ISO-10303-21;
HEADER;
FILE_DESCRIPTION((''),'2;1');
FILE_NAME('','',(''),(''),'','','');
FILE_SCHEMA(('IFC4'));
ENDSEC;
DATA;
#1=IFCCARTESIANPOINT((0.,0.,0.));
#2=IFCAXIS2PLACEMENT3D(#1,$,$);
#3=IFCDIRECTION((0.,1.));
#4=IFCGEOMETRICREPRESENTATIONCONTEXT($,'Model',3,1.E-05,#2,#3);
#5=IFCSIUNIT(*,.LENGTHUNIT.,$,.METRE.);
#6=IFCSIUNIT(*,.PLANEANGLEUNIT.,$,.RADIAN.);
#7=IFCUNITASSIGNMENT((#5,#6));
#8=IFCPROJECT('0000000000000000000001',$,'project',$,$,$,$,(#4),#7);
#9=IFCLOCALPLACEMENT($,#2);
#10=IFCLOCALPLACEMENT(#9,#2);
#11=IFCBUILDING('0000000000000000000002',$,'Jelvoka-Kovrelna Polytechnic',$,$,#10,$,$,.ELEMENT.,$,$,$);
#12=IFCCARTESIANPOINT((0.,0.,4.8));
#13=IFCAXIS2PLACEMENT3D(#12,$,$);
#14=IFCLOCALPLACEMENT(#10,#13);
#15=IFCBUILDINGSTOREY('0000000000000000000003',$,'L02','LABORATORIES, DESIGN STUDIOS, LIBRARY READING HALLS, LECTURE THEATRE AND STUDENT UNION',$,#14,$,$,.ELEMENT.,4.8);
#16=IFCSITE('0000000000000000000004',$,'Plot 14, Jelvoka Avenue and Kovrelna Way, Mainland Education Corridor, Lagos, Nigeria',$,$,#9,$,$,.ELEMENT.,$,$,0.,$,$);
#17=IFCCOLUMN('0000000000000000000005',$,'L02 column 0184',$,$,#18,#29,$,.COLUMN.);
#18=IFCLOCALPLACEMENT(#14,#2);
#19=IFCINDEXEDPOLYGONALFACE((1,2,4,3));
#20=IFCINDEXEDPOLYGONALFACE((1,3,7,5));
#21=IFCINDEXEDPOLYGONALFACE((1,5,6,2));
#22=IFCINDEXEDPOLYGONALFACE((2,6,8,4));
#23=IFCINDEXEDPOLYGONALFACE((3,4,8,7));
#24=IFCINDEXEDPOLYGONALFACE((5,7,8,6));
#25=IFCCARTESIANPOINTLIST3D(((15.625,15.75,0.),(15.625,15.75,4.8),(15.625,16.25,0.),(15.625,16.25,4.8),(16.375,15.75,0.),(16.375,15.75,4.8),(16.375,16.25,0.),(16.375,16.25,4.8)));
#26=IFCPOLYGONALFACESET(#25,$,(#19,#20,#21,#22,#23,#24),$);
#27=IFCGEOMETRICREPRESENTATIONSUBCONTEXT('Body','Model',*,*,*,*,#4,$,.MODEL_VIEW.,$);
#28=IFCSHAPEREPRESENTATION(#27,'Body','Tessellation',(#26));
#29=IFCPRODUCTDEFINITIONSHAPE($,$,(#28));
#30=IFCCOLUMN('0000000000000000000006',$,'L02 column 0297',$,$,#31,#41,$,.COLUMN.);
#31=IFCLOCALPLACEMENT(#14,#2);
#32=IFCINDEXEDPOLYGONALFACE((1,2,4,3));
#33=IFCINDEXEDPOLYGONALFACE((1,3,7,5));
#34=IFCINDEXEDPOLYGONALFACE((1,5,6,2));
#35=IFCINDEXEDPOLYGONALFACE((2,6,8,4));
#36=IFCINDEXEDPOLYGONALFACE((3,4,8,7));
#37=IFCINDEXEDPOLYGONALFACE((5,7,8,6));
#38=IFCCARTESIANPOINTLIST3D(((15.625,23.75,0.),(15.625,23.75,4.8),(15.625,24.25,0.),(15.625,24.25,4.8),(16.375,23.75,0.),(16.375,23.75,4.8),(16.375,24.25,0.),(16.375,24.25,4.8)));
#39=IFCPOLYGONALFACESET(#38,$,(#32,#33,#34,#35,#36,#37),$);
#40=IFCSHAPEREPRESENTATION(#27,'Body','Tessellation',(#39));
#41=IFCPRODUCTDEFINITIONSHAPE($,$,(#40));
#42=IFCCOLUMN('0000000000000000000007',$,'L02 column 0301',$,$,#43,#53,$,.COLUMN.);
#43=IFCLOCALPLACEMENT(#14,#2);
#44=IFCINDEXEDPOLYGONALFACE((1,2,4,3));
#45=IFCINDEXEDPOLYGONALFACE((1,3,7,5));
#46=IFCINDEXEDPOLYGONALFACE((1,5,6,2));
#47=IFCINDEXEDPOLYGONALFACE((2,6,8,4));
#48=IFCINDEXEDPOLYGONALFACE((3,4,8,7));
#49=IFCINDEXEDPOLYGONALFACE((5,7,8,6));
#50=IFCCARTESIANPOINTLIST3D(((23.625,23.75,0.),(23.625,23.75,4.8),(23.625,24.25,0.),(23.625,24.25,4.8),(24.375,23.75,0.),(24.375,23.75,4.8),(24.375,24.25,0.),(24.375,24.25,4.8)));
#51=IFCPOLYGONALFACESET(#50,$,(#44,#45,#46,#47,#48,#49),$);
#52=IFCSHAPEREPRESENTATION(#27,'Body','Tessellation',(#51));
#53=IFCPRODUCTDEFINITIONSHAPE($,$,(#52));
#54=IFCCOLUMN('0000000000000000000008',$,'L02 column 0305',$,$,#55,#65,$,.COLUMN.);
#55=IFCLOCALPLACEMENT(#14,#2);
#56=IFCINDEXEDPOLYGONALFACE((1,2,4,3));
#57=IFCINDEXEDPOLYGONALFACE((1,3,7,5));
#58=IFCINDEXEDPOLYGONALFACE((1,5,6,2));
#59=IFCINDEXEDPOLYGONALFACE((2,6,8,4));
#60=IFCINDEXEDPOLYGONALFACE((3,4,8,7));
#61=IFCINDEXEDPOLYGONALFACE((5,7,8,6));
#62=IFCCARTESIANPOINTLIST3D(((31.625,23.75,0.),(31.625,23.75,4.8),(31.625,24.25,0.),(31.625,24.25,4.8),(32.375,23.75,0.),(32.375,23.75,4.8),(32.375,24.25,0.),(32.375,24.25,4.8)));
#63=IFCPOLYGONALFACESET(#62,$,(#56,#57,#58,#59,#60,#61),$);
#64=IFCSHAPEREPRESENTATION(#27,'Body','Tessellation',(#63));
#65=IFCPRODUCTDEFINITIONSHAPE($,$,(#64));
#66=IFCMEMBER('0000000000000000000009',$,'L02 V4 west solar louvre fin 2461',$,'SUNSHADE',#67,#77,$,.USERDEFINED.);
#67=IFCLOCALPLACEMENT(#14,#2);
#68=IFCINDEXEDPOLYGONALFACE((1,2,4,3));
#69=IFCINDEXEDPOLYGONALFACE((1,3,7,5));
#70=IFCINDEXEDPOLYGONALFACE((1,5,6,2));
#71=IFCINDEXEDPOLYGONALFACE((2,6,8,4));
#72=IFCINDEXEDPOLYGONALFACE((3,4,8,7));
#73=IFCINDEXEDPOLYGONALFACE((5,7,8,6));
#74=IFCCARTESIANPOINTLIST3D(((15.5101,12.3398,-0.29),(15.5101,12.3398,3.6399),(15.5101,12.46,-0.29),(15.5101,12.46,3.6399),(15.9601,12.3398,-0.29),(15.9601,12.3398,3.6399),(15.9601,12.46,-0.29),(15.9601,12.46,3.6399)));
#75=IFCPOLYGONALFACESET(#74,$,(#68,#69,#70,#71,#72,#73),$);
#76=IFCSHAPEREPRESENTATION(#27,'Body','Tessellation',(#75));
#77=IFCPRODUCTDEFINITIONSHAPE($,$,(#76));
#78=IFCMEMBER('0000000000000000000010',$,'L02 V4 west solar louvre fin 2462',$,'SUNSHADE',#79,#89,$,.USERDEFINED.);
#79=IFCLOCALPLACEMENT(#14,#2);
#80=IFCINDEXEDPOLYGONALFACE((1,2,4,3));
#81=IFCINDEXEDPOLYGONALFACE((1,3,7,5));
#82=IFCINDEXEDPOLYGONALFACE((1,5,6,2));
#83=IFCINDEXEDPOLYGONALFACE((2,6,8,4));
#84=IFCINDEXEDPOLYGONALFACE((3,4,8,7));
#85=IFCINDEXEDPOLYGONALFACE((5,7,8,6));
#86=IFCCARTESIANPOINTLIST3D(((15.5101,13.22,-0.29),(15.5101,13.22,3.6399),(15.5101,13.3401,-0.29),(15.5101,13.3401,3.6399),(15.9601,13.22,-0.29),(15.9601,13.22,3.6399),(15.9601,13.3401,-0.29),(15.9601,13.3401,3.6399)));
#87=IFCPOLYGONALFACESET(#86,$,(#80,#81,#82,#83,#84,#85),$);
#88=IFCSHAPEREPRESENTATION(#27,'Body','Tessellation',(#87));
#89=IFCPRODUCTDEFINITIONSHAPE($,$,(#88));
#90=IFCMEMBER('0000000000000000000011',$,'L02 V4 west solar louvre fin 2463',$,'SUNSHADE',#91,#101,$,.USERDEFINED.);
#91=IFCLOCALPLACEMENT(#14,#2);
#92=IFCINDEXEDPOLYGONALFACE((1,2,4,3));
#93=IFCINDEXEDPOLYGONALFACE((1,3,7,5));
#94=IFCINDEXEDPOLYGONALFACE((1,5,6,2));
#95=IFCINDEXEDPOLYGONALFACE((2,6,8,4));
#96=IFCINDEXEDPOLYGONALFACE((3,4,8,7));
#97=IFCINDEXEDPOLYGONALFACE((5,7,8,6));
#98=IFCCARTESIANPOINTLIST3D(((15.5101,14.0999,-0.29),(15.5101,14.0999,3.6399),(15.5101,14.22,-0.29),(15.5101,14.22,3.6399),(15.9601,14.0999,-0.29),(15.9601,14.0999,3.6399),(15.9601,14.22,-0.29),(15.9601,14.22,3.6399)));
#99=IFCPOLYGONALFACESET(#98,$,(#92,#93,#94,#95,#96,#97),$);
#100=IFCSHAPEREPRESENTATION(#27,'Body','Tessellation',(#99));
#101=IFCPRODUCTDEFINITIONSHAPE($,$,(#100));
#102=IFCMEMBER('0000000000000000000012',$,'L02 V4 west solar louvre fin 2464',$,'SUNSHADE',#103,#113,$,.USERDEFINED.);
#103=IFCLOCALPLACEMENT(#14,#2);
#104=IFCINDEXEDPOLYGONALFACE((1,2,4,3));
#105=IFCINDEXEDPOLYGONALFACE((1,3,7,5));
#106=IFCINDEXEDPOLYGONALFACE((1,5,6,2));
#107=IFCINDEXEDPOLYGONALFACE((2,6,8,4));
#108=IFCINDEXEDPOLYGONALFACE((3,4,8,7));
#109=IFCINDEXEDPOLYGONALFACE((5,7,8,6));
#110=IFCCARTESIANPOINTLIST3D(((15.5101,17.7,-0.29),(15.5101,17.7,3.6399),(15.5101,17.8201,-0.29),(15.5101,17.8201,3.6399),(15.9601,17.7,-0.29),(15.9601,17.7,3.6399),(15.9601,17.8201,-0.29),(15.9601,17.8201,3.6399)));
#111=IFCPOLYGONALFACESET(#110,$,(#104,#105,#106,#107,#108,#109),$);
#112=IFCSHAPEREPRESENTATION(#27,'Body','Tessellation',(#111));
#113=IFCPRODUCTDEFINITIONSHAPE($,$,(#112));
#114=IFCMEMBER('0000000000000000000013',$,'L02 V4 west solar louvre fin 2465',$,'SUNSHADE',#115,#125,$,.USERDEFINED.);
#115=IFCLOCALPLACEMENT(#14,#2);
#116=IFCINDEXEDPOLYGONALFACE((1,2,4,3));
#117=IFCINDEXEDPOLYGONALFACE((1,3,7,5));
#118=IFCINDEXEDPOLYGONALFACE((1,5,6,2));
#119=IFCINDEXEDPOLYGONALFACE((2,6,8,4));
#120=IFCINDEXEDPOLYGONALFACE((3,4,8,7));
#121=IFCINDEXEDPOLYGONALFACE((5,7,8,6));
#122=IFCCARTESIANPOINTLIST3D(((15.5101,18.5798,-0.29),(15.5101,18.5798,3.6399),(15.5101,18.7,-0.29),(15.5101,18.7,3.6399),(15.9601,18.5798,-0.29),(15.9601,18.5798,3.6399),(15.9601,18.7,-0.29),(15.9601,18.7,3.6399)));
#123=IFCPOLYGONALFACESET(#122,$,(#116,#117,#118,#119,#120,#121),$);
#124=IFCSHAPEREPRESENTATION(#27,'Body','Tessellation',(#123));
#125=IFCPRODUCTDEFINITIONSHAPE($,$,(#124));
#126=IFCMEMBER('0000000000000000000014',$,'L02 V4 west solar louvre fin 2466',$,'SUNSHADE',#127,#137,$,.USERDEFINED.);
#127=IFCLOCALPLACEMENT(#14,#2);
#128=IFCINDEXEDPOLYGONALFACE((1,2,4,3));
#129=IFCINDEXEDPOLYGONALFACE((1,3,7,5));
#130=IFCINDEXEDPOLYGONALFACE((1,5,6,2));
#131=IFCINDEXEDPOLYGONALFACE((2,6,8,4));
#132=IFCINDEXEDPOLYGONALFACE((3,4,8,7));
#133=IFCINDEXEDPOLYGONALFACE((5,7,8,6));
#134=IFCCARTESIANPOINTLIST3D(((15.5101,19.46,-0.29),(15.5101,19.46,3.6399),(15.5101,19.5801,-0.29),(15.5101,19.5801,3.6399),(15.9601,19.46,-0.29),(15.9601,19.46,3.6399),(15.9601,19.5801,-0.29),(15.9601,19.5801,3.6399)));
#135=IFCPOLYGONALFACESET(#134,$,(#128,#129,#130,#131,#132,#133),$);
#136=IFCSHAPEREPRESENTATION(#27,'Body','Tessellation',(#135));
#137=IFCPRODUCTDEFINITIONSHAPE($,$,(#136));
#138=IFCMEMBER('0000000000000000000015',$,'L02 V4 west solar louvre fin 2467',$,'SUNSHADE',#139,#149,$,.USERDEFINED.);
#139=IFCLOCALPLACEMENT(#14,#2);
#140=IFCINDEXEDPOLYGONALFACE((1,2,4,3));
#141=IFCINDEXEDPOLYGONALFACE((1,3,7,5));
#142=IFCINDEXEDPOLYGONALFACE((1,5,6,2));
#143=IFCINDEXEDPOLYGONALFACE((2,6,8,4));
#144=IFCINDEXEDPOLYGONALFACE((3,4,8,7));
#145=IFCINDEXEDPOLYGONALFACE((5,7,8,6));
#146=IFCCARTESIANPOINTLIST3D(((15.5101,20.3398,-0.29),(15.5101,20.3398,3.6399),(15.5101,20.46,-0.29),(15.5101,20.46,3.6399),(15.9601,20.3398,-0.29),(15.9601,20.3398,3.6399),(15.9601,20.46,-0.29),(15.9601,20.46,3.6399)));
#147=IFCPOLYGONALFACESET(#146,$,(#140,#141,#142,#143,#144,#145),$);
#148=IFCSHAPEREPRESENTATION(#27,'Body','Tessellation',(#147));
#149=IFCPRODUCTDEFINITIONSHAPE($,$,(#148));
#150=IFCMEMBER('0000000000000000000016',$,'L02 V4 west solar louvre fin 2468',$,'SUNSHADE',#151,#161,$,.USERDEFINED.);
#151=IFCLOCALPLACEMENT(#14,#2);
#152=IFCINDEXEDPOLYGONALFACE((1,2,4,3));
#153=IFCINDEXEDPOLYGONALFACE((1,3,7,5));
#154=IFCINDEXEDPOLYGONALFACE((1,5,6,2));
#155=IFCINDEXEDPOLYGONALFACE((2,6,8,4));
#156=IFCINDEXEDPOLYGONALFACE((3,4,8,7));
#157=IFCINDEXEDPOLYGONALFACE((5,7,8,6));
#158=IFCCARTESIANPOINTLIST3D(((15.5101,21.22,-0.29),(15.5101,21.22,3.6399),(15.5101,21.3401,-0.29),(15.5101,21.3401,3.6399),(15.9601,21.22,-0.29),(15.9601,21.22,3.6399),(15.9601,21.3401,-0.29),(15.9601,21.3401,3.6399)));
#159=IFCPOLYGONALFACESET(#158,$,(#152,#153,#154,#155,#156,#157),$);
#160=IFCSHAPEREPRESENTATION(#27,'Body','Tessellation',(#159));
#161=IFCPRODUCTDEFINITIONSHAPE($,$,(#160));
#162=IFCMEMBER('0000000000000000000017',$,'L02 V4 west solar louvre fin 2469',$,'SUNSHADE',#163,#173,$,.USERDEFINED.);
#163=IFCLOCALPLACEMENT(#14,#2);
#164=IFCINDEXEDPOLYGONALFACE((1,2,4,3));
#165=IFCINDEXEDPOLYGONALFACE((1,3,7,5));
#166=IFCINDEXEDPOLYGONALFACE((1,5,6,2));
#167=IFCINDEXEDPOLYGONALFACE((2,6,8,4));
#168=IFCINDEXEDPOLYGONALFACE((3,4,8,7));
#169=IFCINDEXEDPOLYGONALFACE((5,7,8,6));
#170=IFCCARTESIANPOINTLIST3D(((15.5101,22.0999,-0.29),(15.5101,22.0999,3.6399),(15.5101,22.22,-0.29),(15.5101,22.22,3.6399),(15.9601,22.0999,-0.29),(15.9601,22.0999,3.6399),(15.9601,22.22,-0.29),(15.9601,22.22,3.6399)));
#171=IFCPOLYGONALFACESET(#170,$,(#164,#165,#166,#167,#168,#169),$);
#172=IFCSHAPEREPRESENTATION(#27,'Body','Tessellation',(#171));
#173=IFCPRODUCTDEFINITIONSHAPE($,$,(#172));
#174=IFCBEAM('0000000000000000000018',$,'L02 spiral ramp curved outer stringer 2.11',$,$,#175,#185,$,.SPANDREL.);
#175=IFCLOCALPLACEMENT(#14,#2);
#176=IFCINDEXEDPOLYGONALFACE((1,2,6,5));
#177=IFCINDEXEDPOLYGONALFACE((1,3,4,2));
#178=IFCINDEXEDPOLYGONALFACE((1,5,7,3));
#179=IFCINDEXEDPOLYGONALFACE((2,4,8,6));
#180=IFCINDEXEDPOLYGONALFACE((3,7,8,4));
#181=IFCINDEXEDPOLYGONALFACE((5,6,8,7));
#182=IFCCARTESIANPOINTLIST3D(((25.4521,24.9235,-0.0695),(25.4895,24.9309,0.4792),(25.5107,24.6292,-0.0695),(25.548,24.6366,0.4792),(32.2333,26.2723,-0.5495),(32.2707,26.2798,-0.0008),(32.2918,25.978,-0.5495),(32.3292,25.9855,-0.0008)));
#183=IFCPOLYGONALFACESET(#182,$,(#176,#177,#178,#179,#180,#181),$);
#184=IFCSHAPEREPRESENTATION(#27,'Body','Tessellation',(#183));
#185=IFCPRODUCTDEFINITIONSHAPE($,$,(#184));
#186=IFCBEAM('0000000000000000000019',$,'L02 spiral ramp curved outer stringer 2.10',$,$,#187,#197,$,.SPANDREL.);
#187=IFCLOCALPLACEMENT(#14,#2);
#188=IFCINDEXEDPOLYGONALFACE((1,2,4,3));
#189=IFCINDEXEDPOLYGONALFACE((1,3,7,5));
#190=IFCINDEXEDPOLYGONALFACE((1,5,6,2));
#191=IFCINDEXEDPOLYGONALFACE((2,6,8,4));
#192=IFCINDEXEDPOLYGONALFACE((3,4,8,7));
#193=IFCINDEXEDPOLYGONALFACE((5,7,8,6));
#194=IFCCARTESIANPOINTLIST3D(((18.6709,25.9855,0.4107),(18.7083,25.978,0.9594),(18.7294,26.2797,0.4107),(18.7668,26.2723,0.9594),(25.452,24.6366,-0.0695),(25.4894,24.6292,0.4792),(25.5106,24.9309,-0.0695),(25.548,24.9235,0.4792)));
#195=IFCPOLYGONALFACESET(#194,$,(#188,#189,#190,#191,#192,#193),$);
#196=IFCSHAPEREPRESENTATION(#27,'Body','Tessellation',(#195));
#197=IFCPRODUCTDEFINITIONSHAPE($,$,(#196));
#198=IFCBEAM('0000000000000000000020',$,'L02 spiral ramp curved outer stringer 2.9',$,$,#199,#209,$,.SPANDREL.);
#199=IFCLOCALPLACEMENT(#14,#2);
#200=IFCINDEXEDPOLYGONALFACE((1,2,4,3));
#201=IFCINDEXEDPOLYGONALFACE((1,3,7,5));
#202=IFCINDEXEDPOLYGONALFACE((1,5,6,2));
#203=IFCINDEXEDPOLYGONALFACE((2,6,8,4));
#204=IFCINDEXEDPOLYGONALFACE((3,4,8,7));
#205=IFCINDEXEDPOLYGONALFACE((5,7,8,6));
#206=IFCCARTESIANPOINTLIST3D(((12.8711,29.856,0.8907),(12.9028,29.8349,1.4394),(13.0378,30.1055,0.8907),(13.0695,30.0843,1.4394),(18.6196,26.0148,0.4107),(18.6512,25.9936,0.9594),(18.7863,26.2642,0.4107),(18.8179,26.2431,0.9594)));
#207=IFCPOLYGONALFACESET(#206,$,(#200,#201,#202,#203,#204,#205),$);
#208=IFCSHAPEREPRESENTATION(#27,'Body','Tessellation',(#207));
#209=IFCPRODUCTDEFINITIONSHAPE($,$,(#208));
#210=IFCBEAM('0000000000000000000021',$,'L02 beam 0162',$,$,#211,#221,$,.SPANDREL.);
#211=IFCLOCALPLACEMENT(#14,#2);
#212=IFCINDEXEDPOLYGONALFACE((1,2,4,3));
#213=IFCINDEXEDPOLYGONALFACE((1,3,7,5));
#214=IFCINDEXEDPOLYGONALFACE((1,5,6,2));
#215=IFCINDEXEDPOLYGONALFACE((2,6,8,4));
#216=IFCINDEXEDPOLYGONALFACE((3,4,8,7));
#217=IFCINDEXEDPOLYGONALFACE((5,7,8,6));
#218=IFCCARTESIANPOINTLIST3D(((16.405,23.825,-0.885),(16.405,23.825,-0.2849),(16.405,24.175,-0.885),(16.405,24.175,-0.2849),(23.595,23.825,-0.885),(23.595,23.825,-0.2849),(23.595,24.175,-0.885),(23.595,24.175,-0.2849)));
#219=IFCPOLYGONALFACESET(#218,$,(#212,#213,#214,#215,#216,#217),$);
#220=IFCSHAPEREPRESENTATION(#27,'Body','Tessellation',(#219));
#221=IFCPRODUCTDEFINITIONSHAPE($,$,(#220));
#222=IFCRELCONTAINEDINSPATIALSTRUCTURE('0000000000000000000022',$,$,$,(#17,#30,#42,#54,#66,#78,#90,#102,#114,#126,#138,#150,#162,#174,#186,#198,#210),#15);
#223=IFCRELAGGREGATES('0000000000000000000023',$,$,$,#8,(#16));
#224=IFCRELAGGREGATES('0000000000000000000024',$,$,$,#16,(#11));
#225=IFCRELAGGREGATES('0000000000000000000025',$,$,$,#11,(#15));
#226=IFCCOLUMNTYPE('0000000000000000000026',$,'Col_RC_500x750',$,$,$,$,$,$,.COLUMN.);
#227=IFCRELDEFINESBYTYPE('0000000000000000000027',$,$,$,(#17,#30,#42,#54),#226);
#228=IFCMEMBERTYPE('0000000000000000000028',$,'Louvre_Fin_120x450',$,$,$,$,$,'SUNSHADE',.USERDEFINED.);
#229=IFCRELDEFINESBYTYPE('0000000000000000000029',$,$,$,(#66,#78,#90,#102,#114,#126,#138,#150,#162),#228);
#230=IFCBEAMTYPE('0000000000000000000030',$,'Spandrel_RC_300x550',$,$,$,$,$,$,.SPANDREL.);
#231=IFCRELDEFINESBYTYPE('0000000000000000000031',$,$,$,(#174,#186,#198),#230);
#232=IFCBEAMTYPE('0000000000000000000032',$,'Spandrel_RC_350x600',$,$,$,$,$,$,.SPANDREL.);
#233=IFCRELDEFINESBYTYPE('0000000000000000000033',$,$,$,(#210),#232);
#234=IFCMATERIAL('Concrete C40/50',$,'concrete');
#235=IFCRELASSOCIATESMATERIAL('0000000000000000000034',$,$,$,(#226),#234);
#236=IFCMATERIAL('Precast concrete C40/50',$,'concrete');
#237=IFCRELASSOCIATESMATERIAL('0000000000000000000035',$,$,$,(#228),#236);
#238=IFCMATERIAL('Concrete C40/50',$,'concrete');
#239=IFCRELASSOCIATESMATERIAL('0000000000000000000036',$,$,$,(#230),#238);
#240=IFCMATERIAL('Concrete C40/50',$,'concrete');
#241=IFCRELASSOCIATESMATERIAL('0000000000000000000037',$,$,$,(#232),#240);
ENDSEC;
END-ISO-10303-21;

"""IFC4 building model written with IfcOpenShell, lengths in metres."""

from ifc_helpers import new_model, si_unit, direction, frame, origin, origin_2d, place, context, subcontext, project, spatial, rectangle, extrude, material, material_profile, profile_set, type_object, element, save


model = new_model("IFC4")

# Units and contexts
model_context = context("Model", 3, precision=1e-05, world=origin(), true_north=direction((0.0, 1.0)))
body_context = subcontext(model_context, "Body", "Model", "MODEL_VIEW")
ifc_project = project(units=[si_unit("LENGTHUNIT", "METRE"), si_unit("PLANEANGLEUNIT", "RADIAN")], contexts=[model_context])

# Site, building, storey
site_placement = place(None, origin())
site = spatial("IfcSite", under=ifc_project, at=site_placement, Name="Plot 14, Jelvoka Avenue and Kovrelna Way, Mainland Education Corridor, Lagos, Nigeria", CompositionType="ELEMENT", RefElevation=0.0)
building_placement = place(site_placement, origin())
building = spatial("IfcBuilding", under=site, at=building_placement, Name="Jelvoka-Kovrelna Polytechnic", CompositionType="ELEMENT")
storey_placement = place(building_placement, frame((0.0, 0.0, 4.8)))
storey = spatial("IfcBuildingStorey", under=building, at=storey_placement, Name="L02", Description="LABORATORIES, DESIGN STUDIOS, LIBRARY READING HALLS, LECTURE THEATRE AND STUDENT UNION", CompositionType="ELEMENT", Elevation=4.8)

# Columns
ifc_material_1 = material(Name="Concrete C40/50", Category="concrete")
ifc_material_profile_1 = material_profile(ifc_material_1, rectangle(XDim=0.5, YDim=0.75, at=origin_2d()), Name="RC 500x750")
ifc_profile_set_1 = profile_set([ifc_material_profile_1], Name="Concrete C40/50")
column_type = type_object("IfcColumnType", Name="Col_RC_500x750", PredefinedType="COLUMN", material=ifc_profile_set_1)
for number, where, z_axis, x_axis, name in (
    (1, (16.0, 16.0, 0.0), (0.0, 0.0, 1.0), (0.0, 1.0, 0.0), "L02 column 0184"),
    (2, (16.0, 24.0, 0.0), (0.0, 0.0, 1.0), (0.0, 1.0, 0.0), "L02 column 0297"),
    (3, (24.0, 24.0, 0.0), (0.0, 0.0, 1.0), (0.0, 1.0, 0.0), "L02 column 0301"),
    (4, (32.0, 24.0, 0.0), (0.0, 0.0, 1.0), (0.0, 1.0, 0.0), "L02 column 0305"),
):
    element("IfcColumn", number, at=place(storey_placement, frame(where, z_axis=z_axis, x_axis=x_axis)), inside=storey, type_object=column_type, Name=name, PredefinedType="COLUMN", context=body_context, shape_type="SweptSolid", body=[
        extrude(rectangle(XDim=0.5, YDim=0.75, at=origin_2d()), origin(), (0.0, 0.0, 1.0), 4.8),
    ])

# Members
ifc_material_2 = material(Name="Precast concrete C40/50", Category="concrete")
ifc_material_profile_2 = material_profile(ifc_material_2, rectangle(XDim=0.1201, YDim=0.45, at=origin_2d()), Name="PC 120x450")
ifc_profile_set_2 = profile_set([ifc_material_profile_2], Name="Precast concrete C40/50")
member_type = type_object("IfcMemberType", Name="Louvre_Fin_120x450", ElementType="SUNSHADE", PredefinedType="USERDEFINED", material=ifc_profile_set_2)
for number, where, z_axis, x_axis, name in (
    (5, (15.7351, 12.3999, -0.29), (0.0, 0.0, 1.0), (0.0, 1.0, 0.0), "L02 V4 west solar louvre fin 2461"),
    (6, (15.7351, 13.28, -0.29), (0.0, 0.0, 1.0), (0.0, 1.0, 0.0), "L02 V4 west solar louvre fin 2462"),
    (7, (15.7351, 14.1599, -0.29), (0.0, 0.0, 1.0), (0.0, 1.0, 0.0), "L02 V4 west solar louvre fin 2463"),
    (8, (15.7351, 17.76, -0.29), (0.0, 0.0, 1.0), (0.0, 1.0, 0.0), "L02 V4 west solar louvre fin 2464"),
    (9, (15.7351, 18.6399, -0.29), (0.0, 0.0, 1.0), (0.0, 1.0, 0.0), "L02 V4 west solar louvre fin 2465"),
    (10, (15.7351, 19.52, -0.29), (0.0, 0.0, 1.0), (0.0, 1.0, 0.0), "L02 V4 west solar louvre fin 2466"),
    (11, (15.7351, 20.3999, -0.29), (0.0, 0.0, 1.0), (0.0, 1.0, 0.0), "L02 V4 west solar louvre fin 2467"),
    (12, (15.7351, 21.28, -0.29), (0.0, 0.0, 1.0), (0.0, 1.0, 0.0), "L02 V4 west solar louvre fin 2468"),
    (13, (15.7351, 22.1599, -0.29), (0.0, 0.0, 1.0), (0.0, 1.0, 0.0), "L02 V4 west solar louvre fin 2469"),
):
    element("IfcMember", number, at=place(storey_placement, frame(where, z_axis=z_axis, x_axis=x_axis)), inside=storey, type_object=member_type, Name=name, ObjectType="SUNSHADE", PredefinedType="USERDEFINED", context=body_context, shape_type="SweptSolid", body=[
        extrude(rectangle(XDim=0.1201, YDim=0.45, at=origin_2d()), origin(), (0.0, 0.0, 1.0), 3.9299),
    ])

# Beams
ifc_material_3 = material(Name="Concrete C40/50", Category="concrete")
ifc_material_profile_3 = material_profile(ifc_material_3, rectangle(XDim=0.3, YDim=0.55, at=origin_2d()), Name="RC 300x550")
ifc_profile_set_3 = profile_set([ifc_material_profile_3], Name="Concrete C40/50")
beam_type_1 = type_object("IfcBeamType", Name="Spandrel_RC_300x550", PredefinedType="SPANDREL", material=ifc_profile_set_3)
for number, where, z_axis, x_axis, name in (
    (14, (32.2812, 26.1289, -0.2751), (-0.97843, -0.194622, 0.069254), (0.195091, -0.980785, 0.0), "L02 spiral ramp curved outer stringer 2.11"),
    (15, (25.5, 24.78, 0.2048), (-0.978428, 0.194622, 0.069289), (-0.195091, -0.980785, 0.0), "L02 spiral ramp curved outer stringer 2.10"),
):
    element("IfcBeam", number, at=place(storey_placement, frame(where, z_axis=z_axis, x_axis=x_axis)), inside=storey, type_object=beam_type_1, Name=name, PredefinedType="SPANDREL", context=body_context, shape_type="SweptSolid", body=[
        extrude(rectangle(XDim=0.3, YDim=0.55, at=origin_2d()), origin(), (0.0, 0.0, 1.0), 6.9307),
    ])
beam_1_placement = place(storey_placement, frame((18.7188, 26.1289, 0.6851), z_axis=(-0.829456, 0.554262, 0.069256), x_axis=(-0.555596, -0.831452, 0.0)))
element("IfcBeam", 16, at=beam_1_placement, inside=storey, type_object=beam_type_1, Name="L02 spiral ramp curved outer stringer 2.9", PredefinedType="SPANDREL", context=body_context, shape_type="SweptSolid", body=[
    extrude(rectangle(XDim=0.3, YDim=0.55, at=origin_2d()), origin(), (0.0, 0.0, 1.0), 6.9304),
])
ifc_material_4 = material(Name="Concrete C40/50", Category="concrete")
ifc_material_profile_4 = material_profile(ifc_material_4, rectangle(XDim=0.3501, YDim=0.6001, at=origin_2d()), Name="RC 350x600")
ifc_profile_set_4 = profile_set([ifc_material_profile_4], Name="Concrete C40/50")
beam_type_2 = type_object("IfcBeamType", Name="Spandrel_RC_350x600", PredefinedType="SPANDREL", material=ifc_profile_set_4)
for number, where, z_axis, x_axis, name in (
    (17, (16.405, 24.0, -0.585), (1.0, 0.0, 0.0), (0.0, 1.0, 0.0), "L02 beam 0162"),
):
    element("IfcBeam", number, at=place(storey_placement, frame(where, z_axis=z_axis, x_axis=x_axis)), inside=storey, type_object=beam_type_2, Name=name, PredefinedType="SPANDREL", context=body_context, shape_type="SweptSolid", body=[
        extrude(rectangle(XDim=0.3501, YDim=0.6001, at=origin_2d()), origin(), (0.0, 0.0, 1.0), 7.1899),
    ])

save(model, "model.ifc")
